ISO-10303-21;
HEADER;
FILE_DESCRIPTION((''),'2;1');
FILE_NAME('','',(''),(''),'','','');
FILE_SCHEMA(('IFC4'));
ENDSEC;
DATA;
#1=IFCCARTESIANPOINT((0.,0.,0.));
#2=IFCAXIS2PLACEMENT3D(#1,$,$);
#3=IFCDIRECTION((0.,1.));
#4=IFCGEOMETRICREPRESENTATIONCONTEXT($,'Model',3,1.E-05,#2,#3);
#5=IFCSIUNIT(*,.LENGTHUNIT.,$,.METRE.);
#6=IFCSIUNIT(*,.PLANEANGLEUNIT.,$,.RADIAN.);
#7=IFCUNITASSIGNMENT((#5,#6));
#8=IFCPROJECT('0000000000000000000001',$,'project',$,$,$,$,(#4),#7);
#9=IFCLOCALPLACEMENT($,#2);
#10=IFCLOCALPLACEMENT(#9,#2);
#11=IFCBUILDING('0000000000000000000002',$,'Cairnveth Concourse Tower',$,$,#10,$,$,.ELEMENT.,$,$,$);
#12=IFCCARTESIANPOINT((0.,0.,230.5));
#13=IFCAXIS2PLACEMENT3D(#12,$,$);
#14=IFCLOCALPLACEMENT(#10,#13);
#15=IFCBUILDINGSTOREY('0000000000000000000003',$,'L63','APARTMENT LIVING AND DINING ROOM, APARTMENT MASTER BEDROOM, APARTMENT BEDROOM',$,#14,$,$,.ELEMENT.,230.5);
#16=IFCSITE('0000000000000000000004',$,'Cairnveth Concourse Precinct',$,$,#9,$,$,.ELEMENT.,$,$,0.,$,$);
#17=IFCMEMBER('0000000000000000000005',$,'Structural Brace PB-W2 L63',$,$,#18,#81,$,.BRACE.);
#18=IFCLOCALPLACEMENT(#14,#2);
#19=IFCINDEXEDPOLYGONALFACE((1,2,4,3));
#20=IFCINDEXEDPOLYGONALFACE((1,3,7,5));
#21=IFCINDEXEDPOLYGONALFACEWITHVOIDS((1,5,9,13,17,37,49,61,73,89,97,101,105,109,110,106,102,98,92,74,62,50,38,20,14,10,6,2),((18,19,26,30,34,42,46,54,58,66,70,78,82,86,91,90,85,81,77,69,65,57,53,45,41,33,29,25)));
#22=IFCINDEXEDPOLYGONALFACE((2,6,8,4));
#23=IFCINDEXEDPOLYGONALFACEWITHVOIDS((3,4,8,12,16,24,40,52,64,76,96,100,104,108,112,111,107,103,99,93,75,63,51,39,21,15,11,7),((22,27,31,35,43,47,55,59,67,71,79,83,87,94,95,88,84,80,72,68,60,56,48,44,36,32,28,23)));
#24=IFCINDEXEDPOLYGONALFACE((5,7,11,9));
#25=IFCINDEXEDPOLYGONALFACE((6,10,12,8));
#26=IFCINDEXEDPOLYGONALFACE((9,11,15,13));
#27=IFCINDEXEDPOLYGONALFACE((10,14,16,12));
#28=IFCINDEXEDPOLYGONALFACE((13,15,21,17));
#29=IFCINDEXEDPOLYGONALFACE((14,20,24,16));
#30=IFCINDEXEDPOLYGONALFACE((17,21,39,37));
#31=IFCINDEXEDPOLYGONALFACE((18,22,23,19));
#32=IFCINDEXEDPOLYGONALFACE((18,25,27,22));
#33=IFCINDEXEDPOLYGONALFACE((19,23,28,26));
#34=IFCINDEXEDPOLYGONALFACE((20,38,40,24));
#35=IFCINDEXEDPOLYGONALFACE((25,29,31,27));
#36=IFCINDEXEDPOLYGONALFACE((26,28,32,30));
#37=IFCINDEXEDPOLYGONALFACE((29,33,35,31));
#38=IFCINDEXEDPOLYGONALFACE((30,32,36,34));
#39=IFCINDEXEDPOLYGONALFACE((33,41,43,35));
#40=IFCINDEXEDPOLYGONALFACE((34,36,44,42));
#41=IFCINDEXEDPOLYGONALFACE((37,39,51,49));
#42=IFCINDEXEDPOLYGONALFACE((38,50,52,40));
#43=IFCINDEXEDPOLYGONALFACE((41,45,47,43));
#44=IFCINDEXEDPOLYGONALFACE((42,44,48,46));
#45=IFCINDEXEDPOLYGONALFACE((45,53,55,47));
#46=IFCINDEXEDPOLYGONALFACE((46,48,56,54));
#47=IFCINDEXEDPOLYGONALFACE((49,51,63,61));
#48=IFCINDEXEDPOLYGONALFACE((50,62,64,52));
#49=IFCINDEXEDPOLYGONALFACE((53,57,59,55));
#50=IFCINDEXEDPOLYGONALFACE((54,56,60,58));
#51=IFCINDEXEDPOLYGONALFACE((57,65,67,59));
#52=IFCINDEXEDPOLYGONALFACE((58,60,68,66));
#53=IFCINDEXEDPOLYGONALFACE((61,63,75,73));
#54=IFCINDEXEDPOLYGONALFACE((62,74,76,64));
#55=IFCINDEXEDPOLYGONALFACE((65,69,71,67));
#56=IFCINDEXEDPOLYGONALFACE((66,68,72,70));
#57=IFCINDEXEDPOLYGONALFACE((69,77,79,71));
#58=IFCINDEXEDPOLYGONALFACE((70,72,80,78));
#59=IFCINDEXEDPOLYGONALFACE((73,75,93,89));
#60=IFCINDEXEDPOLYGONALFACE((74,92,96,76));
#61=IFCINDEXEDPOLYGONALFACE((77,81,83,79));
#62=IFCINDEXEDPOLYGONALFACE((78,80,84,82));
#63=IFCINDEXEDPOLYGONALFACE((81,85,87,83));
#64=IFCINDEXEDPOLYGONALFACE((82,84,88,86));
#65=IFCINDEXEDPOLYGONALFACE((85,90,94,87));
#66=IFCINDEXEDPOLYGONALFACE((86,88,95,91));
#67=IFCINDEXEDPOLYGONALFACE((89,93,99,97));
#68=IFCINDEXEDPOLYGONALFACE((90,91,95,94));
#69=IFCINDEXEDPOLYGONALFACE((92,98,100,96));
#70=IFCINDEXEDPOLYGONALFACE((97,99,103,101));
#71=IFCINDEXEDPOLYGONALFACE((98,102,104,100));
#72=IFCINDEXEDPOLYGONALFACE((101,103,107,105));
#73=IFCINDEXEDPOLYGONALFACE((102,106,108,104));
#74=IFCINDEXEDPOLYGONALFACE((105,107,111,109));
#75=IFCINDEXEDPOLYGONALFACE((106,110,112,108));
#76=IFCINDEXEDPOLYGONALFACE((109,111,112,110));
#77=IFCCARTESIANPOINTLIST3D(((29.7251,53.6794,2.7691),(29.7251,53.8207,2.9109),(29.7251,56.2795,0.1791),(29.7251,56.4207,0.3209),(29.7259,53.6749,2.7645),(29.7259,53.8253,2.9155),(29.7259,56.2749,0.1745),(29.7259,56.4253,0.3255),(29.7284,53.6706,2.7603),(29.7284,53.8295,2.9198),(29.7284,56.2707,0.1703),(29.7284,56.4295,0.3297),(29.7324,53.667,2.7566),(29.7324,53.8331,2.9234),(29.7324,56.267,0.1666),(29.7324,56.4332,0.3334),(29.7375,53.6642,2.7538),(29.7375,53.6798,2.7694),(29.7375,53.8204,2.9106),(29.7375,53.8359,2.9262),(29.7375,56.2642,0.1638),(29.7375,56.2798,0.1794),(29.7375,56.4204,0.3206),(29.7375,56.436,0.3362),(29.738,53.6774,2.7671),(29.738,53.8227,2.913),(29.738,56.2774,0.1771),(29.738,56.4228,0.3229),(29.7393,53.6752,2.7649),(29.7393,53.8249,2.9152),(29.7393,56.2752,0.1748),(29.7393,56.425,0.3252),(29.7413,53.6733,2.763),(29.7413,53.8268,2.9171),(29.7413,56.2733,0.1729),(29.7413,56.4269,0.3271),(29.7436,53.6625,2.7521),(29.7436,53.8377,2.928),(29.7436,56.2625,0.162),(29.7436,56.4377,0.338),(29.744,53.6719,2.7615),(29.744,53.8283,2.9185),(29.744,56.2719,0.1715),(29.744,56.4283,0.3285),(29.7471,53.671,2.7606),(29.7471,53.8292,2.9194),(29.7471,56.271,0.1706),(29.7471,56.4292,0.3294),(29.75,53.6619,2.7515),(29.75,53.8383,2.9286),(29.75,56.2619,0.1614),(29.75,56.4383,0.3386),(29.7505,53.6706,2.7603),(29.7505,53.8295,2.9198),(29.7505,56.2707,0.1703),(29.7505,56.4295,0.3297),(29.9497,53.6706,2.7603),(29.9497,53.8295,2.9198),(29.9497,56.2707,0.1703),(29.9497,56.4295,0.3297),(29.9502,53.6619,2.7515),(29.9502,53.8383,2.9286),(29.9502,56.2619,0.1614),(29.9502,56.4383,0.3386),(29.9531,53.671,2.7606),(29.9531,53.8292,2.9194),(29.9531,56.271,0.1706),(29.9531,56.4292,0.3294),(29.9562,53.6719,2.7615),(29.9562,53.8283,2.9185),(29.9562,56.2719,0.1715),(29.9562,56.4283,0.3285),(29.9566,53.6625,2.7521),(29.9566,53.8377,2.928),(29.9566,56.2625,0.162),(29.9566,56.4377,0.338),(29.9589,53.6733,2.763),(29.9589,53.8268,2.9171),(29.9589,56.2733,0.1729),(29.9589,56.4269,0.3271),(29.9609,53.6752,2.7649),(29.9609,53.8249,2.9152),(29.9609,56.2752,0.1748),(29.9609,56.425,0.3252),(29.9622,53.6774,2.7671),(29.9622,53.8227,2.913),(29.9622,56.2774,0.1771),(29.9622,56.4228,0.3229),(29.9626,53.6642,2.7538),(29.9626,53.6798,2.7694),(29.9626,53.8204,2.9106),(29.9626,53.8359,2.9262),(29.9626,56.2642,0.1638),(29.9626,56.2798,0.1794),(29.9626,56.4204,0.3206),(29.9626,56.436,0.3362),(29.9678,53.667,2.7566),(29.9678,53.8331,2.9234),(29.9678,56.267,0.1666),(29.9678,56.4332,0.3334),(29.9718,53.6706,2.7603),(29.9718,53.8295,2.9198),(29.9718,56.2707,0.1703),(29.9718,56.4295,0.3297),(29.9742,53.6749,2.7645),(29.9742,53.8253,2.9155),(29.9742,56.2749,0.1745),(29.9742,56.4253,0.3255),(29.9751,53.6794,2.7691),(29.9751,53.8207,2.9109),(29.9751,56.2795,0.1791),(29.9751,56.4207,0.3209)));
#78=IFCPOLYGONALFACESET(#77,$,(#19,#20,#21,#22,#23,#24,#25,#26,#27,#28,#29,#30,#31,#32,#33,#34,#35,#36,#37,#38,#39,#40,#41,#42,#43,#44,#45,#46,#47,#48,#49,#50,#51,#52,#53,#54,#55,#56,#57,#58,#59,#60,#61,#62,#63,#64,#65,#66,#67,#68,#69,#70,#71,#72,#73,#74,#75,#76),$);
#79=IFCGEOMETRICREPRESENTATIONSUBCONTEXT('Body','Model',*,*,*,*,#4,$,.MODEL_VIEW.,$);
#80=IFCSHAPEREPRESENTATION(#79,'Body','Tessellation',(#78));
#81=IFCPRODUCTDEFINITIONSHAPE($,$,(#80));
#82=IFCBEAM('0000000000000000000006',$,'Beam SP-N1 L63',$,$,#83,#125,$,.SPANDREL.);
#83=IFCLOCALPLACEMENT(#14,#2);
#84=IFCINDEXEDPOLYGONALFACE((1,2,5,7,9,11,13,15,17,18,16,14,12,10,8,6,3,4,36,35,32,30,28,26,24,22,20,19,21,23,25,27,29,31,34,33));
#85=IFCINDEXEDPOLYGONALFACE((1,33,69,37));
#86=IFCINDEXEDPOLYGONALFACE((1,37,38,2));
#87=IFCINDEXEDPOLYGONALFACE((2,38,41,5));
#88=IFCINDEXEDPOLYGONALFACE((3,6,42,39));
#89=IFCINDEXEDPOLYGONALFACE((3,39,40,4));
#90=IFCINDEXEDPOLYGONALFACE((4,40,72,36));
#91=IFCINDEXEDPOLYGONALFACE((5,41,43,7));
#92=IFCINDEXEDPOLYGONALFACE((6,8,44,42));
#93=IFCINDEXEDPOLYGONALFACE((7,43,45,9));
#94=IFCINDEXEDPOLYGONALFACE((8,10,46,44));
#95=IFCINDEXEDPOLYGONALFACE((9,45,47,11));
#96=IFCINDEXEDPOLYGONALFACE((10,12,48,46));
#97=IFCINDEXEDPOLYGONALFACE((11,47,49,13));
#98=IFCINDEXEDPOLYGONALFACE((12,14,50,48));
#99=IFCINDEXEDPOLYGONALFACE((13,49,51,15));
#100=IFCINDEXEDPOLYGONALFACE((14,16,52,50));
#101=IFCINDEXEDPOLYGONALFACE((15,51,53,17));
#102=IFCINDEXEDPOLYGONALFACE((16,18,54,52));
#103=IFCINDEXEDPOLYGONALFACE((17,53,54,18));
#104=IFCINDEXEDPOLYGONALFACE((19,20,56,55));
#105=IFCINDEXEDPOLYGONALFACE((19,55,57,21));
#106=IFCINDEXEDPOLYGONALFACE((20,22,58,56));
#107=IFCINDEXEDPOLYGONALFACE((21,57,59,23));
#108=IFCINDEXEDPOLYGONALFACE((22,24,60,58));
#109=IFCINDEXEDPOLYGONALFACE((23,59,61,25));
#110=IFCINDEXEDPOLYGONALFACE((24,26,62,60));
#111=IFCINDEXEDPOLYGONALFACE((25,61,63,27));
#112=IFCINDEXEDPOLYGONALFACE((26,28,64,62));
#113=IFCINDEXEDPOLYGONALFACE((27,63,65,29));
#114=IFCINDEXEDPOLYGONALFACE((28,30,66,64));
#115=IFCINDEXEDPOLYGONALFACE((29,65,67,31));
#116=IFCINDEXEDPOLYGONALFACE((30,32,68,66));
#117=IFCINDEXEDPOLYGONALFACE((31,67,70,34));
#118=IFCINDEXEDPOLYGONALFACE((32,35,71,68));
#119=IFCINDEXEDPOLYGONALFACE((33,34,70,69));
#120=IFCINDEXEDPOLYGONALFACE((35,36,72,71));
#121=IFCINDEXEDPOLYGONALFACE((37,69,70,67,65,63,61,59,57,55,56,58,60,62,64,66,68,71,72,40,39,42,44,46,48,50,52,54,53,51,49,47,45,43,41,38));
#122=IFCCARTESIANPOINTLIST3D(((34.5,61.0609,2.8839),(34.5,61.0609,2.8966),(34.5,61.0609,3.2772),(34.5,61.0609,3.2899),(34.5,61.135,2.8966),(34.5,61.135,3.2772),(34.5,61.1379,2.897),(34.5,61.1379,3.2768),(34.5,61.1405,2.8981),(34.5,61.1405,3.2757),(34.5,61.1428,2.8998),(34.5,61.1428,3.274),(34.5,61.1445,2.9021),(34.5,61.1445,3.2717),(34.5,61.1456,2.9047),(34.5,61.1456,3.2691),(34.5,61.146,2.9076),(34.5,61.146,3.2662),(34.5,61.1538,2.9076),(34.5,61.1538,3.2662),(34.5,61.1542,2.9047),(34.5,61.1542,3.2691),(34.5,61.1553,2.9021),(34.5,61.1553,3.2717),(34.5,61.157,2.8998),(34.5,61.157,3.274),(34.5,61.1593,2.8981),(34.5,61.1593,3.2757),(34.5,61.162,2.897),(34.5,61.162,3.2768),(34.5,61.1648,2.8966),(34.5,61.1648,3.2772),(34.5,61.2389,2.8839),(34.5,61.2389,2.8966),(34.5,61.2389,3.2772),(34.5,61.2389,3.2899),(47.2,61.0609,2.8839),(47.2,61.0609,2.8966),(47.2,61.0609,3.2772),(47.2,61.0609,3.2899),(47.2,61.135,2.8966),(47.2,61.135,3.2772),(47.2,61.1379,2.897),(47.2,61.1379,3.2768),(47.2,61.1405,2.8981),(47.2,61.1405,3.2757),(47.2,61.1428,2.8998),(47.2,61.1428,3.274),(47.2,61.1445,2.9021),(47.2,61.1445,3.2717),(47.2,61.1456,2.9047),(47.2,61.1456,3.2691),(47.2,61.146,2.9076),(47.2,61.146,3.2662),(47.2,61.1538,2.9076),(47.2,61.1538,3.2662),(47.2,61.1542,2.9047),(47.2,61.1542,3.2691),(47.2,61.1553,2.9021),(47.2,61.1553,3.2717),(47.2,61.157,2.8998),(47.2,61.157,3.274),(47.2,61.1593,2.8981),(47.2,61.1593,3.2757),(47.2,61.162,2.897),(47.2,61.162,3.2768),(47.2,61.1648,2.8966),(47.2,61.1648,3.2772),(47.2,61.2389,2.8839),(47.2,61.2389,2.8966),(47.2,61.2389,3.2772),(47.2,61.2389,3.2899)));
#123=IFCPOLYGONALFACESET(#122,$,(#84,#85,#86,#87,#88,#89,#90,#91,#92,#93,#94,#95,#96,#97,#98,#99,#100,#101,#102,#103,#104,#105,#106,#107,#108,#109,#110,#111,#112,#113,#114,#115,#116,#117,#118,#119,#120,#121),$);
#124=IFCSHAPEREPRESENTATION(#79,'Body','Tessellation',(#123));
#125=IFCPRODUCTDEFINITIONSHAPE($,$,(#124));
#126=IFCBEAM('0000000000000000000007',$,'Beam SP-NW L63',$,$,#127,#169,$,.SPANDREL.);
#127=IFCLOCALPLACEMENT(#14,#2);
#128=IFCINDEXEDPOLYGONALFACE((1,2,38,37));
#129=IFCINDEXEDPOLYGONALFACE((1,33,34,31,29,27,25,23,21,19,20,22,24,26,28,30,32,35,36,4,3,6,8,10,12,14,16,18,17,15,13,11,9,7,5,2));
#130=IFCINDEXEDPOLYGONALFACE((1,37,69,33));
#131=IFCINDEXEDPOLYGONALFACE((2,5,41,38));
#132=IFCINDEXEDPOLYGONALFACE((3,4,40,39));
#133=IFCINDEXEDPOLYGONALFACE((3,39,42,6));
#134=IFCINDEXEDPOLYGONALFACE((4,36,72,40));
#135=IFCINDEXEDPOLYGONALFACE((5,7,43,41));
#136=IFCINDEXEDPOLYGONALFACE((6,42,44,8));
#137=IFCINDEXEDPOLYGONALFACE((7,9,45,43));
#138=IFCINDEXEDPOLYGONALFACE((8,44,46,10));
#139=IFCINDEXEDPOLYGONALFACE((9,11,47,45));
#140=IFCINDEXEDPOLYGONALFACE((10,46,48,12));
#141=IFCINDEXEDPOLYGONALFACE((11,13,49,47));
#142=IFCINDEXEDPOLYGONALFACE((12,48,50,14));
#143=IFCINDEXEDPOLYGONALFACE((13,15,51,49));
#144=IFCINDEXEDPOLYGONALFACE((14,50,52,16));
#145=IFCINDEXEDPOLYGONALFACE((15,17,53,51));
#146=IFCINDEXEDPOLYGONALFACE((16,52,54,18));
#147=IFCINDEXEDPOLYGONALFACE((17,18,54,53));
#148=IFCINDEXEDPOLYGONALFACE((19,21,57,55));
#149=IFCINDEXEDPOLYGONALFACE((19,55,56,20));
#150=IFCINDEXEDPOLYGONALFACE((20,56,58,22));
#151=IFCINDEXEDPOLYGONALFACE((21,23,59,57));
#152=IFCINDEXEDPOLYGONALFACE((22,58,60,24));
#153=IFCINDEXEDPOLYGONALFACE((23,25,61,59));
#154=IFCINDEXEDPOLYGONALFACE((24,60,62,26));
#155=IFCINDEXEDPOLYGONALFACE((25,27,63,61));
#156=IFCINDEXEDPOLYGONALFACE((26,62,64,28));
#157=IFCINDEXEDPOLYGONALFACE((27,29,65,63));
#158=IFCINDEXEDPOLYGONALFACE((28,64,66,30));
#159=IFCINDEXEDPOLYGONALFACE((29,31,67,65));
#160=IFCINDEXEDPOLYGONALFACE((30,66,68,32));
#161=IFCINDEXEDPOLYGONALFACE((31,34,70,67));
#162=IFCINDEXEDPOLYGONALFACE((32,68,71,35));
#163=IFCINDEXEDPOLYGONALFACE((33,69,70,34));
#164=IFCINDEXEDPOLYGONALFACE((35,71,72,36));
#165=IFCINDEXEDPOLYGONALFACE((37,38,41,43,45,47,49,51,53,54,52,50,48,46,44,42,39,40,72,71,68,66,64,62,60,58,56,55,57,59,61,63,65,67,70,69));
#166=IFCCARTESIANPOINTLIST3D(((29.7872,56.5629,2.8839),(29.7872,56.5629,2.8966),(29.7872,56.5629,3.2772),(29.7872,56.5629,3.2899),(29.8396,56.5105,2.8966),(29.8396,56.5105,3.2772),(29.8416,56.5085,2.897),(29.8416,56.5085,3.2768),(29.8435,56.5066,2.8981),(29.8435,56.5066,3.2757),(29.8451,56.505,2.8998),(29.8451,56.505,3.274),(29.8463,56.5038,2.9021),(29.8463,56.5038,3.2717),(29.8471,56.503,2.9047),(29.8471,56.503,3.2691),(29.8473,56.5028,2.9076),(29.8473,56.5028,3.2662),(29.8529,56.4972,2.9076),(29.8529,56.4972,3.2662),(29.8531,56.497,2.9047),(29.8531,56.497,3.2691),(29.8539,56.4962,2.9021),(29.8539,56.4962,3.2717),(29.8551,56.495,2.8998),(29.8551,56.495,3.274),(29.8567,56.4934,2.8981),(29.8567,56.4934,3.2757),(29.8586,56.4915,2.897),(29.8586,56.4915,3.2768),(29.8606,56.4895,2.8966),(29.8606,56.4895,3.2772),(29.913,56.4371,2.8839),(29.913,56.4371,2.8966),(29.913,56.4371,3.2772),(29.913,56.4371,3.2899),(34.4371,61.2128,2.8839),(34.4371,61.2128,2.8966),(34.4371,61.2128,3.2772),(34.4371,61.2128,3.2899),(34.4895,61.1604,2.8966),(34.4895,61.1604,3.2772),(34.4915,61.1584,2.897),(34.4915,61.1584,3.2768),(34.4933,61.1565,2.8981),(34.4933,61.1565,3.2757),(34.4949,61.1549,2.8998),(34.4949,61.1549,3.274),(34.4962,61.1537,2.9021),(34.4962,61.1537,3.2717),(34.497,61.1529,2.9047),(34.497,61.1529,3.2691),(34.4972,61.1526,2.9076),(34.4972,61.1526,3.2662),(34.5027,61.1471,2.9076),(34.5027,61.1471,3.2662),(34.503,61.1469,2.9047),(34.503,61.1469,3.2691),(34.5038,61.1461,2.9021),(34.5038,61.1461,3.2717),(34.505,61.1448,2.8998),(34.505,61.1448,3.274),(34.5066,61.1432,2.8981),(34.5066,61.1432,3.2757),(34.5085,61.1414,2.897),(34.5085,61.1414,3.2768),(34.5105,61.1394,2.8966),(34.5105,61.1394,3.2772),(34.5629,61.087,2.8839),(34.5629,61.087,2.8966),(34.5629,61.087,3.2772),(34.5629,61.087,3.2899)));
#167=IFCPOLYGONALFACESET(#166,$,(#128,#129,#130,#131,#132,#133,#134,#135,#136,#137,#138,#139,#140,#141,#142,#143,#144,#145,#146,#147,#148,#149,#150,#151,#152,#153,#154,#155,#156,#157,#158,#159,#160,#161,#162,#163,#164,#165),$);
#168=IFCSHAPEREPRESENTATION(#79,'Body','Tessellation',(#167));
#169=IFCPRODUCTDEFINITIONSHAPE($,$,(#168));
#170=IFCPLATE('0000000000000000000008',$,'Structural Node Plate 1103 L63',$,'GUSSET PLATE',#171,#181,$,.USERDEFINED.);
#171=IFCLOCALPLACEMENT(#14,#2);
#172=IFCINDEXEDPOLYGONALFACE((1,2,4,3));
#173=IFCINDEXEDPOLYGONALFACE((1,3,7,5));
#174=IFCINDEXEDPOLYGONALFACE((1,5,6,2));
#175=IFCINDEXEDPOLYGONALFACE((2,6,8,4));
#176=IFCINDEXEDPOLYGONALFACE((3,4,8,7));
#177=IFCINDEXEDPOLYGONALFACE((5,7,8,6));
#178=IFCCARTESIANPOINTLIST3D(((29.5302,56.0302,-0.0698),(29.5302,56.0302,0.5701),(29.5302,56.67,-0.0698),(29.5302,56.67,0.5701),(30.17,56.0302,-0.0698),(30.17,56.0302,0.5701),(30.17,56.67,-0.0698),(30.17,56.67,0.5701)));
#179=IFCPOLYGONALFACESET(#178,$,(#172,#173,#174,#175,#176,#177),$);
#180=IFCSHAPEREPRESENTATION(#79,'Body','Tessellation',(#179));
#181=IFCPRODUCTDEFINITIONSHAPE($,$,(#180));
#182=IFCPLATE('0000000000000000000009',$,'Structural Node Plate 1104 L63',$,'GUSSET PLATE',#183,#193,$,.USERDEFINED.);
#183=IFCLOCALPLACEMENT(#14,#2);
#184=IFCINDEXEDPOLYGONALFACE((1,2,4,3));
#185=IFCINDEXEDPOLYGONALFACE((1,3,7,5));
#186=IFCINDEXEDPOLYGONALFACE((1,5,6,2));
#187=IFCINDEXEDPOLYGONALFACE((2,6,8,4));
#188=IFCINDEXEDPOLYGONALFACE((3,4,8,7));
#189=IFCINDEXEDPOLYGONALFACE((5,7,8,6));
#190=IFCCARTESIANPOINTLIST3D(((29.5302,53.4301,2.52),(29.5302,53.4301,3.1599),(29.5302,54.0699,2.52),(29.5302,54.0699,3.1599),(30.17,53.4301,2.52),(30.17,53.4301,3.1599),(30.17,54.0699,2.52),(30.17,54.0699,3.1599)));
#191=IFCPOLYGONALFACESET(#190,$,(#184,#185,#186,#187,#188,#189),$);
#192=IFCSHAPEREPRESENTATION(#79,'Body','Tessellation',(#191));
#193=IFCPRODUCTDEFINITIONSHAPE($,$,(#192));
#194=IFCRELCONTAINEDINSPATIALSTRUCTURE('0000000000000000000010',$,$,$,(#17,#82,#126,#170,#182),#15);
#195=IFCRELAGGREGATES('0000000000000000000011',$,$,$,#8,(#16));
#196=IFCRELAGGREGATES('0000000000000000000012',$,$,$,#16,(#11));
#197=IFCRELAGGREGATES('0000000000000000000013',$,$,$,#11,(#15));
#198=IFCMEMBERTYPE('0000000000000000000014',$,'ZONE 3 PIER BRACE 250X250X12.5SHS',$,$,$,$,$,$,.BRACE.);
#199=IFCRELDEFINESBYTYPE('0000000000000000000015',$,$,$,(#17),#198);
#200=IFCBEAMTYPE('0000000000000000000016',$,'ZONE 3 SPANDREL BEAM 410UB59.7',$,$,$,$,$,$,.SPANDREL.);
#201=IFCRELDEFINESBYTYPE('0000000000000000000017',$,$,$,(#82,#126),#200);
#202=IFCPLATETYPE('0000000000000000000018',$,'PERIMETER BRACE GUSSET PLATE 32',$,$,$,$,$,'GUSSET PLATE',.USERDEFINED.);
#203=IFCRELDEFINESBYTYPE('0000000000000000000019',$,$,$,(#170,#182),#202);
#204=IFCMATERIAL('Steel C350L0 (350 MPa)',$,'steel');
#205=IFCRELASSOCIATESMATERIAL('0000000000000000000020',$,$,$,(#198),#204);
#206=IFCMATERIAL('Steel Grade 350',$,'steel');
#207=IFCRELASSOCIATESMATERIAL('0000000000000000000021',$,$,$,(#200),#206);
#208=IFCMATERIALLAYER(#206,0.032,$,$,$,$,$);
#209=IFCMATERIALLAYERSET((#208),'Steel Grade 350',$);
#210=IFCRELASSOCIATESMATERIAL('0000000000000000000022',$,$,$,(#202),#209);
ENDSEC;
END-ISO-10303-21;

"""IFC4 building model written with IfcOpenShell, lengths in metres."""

from ifc_helpers import new_model, si_unit, direction, frame, origin, origin_2d, place, context, subcontext, project, spatial, rectangle, hollow_rectangle, i_section, extrude, material, layer, layer_set, material_profile, profile_set, type_object, element, save


model = new_model("IFC4")

# Units and contexts
model_context = context("Model", 3, precision=1e-05, world=origin(), true_north=direction((0.0, 1.0)))
body_context = subcontext(model_context, "Body", "Model", "MODEL_VIEW")
ifc_project = project(units=[si_unit("LENGTHUNIT", "METRE"), si_unit("PLANEANGLEUNIT", "RADIAN")], contexts=[model_context])

# Site, building, storey
site_placement = place(None, origin())
site = spatial("IfcSite", under=ifc_project, at=site_placement, Name="Cairnveth Concourse Precinct", CompositionType="ELEMENT", RefElevation=0.0)
building_placement = place(site_placement, origin())
building = spatial("IfcBuilding", under=site, at=building_placement, Name="Cairnveth Concourse Tower", CompositionType="ELEMENT")
storey_placement = place(building_placement, frame((0.0, 0.0, 230.5)))
storey = spatial("IfcBuildingStorey", under=building, at=storey_placement, Name="L63", Description="APARTMENT LIVING AND DINING ROOM, APARTMENT MASTER BEDROOM, APARTMENT BEDROOM", CompositionType="ELEMENT", Elevation=230.5)

# Shared definitions
ifc_material_1 = material(Name="Steel Grade 350", Category="steel")

# Member
ifc_material_2 = material(Name="Steel C350L0 (350 MPa)", Category="steel")
ifc_material_profile_1 = material_profile(ifc_material_2, hollow_rectangle(XDim=0.25, YDim=0.25, WallThickness=0.0125, InnerFilletRadius=0.0129, OuterFilletRadius=0.0249, at=origin_2d()), Name="250x250x12.5SHS")
ifc_profile_set_1 = profile_set([ifc_material_profile_1], Name="Steel C350L0 (350 MPa)")
member_type = type_object("IfcMemberType", Name="ZONE 3 PIER BRACE 250X250X12.5SHS", PredefinedType="BRACE", material=ifc_profile_set_1)
member_placement = place(storey_placement, frame((29.8501, 56.3501, 0.25), z_axis=(0.0, -0.708469, 0.705742), x_axis=(1.0, 0.0, 0.0)))
element("IfcMember", 1, at=member_placement, inside=storey, type_object=member_type, Name="Structural Brace PB-W2 L63", PredefinedType="BRACE", context=body_context, shape_type="SweptSolid", body=[
    extrude(hollow_rectangle(XDim=0.25, YDim=0.25, WallThickness=0.0125, InnerFilletRadius=0.0129, OuterFilletRadius=0.0249, at=origin_2d()), origin(), (0.0, 0.0, 1.0), 3.6699),
])

# Beams
ifc_material_profile_2 = material_profile(ifc_material_1, i_section(OverallWidth=0.178, OverallDepth=0.406, WebThickness=0.0078, FlangeThickness=0.0127, FilletRadius=0.011, at=origin_2d()), Name="410UB59.7")
ifc_profile_set_2 = profile_set([ifc_material_profile_2], Name="Steel Grade 350")
beam_type_1 = type_object("IfcBeamType", Name="ZONE 3 SPANDREL BEAM 410UB59.7", PredefinedType="SPANDREL", material=ifc_profile_set_2)
beam_1_placement = place(storey_placement, frame((34.5, 61.1499, 3.0869), z_axis=(1.0, 0.0, 0.0), x_axis=(0.0, 1.0, 0.0)))
element("IfcBeam", 2, at=beam_1_placement, inside=storey, type_object=beam_type_1, Name="Beam SP-N1 L63", PredefinedType="SPANDREL", context=body_context, shape_type="SweptSolid", body=[
    extrude(i_section(OverallWidth=0.178, OverallDepth=0.406, WebThickness=0.0078, FlangeThickness=0.0127, FilletRadius=0.011, at=origin_2d()), origin(), (0.0, 0.0, 1.0), 12.7),
])
beam_2_placement = place(storey_placement, frame((29.8501, 56.5, 3.0869), z_axis=(0.707107, 0.707107, 0.0), x_axis=(-0.707107, 0.707107, 0.0)))
element("IfcBeam", 3, at=beam_2_placement, inside=storey, type_object=beam_type_1, Name="Beam SP-NW L63", PredefinedType="SPANDREL", context=body_context, shape_type="SweptSolid", body=[
    extrude(i_section(OverallWidth=0.178, OverallDepth=0.406, WebThickness=0.0078, FlangeThickness=0.0127, FilletRadius=0.011, at=origin_2d()), origin(), (0.0, 0.0, 1.0), 6.5759),
])

# Plates
ifc_layer_1 = layer(ifc_material_1, 0.032)
ifc_layer_set_1 = layer_set([ifc_layer_1], Name="Steel Grade 350")
plate_type = type_object("IfcPlateType", Name="PERIMETER BRACE GUSSET PLATE 32", ElementType="GUSSET PLATE", PredefinedType="USERDEFINED", material=ifc_layer_set_1)
for number, where, z_axis, x_axis, name in (
    (4, (29.8501, 56.3501, -0.0698), (0.0, 0.0, 1.0), (1.0, 0.0, 0.0), "Structural Node Plate 1103 L63"),
    (5, (29.8501, 53.75, 2.52), (0.0, 0.0, 1.0), (1.0, 0.0, 0.0), "Structural Node Plate 1104 L63"),
):
    element("IfcPlate", number, at=place(storey_placement, frame(where, z_axis=z_axis, x_axis=x_axis)), inside=storey, type_object=plate_type, Name=name, ObjectType="GUSSET PLATE", PredefinedType="USERDEFINED", context=body_context, shape_type="SweptSolid", body=[
        extrude(rectangle(XDim=0.6399, YDim=0.6399, at=origin_2d()), origin(), (0.0, 0.0, 1.0), 0.6399),
    ])

save(model, "model.ifc")
